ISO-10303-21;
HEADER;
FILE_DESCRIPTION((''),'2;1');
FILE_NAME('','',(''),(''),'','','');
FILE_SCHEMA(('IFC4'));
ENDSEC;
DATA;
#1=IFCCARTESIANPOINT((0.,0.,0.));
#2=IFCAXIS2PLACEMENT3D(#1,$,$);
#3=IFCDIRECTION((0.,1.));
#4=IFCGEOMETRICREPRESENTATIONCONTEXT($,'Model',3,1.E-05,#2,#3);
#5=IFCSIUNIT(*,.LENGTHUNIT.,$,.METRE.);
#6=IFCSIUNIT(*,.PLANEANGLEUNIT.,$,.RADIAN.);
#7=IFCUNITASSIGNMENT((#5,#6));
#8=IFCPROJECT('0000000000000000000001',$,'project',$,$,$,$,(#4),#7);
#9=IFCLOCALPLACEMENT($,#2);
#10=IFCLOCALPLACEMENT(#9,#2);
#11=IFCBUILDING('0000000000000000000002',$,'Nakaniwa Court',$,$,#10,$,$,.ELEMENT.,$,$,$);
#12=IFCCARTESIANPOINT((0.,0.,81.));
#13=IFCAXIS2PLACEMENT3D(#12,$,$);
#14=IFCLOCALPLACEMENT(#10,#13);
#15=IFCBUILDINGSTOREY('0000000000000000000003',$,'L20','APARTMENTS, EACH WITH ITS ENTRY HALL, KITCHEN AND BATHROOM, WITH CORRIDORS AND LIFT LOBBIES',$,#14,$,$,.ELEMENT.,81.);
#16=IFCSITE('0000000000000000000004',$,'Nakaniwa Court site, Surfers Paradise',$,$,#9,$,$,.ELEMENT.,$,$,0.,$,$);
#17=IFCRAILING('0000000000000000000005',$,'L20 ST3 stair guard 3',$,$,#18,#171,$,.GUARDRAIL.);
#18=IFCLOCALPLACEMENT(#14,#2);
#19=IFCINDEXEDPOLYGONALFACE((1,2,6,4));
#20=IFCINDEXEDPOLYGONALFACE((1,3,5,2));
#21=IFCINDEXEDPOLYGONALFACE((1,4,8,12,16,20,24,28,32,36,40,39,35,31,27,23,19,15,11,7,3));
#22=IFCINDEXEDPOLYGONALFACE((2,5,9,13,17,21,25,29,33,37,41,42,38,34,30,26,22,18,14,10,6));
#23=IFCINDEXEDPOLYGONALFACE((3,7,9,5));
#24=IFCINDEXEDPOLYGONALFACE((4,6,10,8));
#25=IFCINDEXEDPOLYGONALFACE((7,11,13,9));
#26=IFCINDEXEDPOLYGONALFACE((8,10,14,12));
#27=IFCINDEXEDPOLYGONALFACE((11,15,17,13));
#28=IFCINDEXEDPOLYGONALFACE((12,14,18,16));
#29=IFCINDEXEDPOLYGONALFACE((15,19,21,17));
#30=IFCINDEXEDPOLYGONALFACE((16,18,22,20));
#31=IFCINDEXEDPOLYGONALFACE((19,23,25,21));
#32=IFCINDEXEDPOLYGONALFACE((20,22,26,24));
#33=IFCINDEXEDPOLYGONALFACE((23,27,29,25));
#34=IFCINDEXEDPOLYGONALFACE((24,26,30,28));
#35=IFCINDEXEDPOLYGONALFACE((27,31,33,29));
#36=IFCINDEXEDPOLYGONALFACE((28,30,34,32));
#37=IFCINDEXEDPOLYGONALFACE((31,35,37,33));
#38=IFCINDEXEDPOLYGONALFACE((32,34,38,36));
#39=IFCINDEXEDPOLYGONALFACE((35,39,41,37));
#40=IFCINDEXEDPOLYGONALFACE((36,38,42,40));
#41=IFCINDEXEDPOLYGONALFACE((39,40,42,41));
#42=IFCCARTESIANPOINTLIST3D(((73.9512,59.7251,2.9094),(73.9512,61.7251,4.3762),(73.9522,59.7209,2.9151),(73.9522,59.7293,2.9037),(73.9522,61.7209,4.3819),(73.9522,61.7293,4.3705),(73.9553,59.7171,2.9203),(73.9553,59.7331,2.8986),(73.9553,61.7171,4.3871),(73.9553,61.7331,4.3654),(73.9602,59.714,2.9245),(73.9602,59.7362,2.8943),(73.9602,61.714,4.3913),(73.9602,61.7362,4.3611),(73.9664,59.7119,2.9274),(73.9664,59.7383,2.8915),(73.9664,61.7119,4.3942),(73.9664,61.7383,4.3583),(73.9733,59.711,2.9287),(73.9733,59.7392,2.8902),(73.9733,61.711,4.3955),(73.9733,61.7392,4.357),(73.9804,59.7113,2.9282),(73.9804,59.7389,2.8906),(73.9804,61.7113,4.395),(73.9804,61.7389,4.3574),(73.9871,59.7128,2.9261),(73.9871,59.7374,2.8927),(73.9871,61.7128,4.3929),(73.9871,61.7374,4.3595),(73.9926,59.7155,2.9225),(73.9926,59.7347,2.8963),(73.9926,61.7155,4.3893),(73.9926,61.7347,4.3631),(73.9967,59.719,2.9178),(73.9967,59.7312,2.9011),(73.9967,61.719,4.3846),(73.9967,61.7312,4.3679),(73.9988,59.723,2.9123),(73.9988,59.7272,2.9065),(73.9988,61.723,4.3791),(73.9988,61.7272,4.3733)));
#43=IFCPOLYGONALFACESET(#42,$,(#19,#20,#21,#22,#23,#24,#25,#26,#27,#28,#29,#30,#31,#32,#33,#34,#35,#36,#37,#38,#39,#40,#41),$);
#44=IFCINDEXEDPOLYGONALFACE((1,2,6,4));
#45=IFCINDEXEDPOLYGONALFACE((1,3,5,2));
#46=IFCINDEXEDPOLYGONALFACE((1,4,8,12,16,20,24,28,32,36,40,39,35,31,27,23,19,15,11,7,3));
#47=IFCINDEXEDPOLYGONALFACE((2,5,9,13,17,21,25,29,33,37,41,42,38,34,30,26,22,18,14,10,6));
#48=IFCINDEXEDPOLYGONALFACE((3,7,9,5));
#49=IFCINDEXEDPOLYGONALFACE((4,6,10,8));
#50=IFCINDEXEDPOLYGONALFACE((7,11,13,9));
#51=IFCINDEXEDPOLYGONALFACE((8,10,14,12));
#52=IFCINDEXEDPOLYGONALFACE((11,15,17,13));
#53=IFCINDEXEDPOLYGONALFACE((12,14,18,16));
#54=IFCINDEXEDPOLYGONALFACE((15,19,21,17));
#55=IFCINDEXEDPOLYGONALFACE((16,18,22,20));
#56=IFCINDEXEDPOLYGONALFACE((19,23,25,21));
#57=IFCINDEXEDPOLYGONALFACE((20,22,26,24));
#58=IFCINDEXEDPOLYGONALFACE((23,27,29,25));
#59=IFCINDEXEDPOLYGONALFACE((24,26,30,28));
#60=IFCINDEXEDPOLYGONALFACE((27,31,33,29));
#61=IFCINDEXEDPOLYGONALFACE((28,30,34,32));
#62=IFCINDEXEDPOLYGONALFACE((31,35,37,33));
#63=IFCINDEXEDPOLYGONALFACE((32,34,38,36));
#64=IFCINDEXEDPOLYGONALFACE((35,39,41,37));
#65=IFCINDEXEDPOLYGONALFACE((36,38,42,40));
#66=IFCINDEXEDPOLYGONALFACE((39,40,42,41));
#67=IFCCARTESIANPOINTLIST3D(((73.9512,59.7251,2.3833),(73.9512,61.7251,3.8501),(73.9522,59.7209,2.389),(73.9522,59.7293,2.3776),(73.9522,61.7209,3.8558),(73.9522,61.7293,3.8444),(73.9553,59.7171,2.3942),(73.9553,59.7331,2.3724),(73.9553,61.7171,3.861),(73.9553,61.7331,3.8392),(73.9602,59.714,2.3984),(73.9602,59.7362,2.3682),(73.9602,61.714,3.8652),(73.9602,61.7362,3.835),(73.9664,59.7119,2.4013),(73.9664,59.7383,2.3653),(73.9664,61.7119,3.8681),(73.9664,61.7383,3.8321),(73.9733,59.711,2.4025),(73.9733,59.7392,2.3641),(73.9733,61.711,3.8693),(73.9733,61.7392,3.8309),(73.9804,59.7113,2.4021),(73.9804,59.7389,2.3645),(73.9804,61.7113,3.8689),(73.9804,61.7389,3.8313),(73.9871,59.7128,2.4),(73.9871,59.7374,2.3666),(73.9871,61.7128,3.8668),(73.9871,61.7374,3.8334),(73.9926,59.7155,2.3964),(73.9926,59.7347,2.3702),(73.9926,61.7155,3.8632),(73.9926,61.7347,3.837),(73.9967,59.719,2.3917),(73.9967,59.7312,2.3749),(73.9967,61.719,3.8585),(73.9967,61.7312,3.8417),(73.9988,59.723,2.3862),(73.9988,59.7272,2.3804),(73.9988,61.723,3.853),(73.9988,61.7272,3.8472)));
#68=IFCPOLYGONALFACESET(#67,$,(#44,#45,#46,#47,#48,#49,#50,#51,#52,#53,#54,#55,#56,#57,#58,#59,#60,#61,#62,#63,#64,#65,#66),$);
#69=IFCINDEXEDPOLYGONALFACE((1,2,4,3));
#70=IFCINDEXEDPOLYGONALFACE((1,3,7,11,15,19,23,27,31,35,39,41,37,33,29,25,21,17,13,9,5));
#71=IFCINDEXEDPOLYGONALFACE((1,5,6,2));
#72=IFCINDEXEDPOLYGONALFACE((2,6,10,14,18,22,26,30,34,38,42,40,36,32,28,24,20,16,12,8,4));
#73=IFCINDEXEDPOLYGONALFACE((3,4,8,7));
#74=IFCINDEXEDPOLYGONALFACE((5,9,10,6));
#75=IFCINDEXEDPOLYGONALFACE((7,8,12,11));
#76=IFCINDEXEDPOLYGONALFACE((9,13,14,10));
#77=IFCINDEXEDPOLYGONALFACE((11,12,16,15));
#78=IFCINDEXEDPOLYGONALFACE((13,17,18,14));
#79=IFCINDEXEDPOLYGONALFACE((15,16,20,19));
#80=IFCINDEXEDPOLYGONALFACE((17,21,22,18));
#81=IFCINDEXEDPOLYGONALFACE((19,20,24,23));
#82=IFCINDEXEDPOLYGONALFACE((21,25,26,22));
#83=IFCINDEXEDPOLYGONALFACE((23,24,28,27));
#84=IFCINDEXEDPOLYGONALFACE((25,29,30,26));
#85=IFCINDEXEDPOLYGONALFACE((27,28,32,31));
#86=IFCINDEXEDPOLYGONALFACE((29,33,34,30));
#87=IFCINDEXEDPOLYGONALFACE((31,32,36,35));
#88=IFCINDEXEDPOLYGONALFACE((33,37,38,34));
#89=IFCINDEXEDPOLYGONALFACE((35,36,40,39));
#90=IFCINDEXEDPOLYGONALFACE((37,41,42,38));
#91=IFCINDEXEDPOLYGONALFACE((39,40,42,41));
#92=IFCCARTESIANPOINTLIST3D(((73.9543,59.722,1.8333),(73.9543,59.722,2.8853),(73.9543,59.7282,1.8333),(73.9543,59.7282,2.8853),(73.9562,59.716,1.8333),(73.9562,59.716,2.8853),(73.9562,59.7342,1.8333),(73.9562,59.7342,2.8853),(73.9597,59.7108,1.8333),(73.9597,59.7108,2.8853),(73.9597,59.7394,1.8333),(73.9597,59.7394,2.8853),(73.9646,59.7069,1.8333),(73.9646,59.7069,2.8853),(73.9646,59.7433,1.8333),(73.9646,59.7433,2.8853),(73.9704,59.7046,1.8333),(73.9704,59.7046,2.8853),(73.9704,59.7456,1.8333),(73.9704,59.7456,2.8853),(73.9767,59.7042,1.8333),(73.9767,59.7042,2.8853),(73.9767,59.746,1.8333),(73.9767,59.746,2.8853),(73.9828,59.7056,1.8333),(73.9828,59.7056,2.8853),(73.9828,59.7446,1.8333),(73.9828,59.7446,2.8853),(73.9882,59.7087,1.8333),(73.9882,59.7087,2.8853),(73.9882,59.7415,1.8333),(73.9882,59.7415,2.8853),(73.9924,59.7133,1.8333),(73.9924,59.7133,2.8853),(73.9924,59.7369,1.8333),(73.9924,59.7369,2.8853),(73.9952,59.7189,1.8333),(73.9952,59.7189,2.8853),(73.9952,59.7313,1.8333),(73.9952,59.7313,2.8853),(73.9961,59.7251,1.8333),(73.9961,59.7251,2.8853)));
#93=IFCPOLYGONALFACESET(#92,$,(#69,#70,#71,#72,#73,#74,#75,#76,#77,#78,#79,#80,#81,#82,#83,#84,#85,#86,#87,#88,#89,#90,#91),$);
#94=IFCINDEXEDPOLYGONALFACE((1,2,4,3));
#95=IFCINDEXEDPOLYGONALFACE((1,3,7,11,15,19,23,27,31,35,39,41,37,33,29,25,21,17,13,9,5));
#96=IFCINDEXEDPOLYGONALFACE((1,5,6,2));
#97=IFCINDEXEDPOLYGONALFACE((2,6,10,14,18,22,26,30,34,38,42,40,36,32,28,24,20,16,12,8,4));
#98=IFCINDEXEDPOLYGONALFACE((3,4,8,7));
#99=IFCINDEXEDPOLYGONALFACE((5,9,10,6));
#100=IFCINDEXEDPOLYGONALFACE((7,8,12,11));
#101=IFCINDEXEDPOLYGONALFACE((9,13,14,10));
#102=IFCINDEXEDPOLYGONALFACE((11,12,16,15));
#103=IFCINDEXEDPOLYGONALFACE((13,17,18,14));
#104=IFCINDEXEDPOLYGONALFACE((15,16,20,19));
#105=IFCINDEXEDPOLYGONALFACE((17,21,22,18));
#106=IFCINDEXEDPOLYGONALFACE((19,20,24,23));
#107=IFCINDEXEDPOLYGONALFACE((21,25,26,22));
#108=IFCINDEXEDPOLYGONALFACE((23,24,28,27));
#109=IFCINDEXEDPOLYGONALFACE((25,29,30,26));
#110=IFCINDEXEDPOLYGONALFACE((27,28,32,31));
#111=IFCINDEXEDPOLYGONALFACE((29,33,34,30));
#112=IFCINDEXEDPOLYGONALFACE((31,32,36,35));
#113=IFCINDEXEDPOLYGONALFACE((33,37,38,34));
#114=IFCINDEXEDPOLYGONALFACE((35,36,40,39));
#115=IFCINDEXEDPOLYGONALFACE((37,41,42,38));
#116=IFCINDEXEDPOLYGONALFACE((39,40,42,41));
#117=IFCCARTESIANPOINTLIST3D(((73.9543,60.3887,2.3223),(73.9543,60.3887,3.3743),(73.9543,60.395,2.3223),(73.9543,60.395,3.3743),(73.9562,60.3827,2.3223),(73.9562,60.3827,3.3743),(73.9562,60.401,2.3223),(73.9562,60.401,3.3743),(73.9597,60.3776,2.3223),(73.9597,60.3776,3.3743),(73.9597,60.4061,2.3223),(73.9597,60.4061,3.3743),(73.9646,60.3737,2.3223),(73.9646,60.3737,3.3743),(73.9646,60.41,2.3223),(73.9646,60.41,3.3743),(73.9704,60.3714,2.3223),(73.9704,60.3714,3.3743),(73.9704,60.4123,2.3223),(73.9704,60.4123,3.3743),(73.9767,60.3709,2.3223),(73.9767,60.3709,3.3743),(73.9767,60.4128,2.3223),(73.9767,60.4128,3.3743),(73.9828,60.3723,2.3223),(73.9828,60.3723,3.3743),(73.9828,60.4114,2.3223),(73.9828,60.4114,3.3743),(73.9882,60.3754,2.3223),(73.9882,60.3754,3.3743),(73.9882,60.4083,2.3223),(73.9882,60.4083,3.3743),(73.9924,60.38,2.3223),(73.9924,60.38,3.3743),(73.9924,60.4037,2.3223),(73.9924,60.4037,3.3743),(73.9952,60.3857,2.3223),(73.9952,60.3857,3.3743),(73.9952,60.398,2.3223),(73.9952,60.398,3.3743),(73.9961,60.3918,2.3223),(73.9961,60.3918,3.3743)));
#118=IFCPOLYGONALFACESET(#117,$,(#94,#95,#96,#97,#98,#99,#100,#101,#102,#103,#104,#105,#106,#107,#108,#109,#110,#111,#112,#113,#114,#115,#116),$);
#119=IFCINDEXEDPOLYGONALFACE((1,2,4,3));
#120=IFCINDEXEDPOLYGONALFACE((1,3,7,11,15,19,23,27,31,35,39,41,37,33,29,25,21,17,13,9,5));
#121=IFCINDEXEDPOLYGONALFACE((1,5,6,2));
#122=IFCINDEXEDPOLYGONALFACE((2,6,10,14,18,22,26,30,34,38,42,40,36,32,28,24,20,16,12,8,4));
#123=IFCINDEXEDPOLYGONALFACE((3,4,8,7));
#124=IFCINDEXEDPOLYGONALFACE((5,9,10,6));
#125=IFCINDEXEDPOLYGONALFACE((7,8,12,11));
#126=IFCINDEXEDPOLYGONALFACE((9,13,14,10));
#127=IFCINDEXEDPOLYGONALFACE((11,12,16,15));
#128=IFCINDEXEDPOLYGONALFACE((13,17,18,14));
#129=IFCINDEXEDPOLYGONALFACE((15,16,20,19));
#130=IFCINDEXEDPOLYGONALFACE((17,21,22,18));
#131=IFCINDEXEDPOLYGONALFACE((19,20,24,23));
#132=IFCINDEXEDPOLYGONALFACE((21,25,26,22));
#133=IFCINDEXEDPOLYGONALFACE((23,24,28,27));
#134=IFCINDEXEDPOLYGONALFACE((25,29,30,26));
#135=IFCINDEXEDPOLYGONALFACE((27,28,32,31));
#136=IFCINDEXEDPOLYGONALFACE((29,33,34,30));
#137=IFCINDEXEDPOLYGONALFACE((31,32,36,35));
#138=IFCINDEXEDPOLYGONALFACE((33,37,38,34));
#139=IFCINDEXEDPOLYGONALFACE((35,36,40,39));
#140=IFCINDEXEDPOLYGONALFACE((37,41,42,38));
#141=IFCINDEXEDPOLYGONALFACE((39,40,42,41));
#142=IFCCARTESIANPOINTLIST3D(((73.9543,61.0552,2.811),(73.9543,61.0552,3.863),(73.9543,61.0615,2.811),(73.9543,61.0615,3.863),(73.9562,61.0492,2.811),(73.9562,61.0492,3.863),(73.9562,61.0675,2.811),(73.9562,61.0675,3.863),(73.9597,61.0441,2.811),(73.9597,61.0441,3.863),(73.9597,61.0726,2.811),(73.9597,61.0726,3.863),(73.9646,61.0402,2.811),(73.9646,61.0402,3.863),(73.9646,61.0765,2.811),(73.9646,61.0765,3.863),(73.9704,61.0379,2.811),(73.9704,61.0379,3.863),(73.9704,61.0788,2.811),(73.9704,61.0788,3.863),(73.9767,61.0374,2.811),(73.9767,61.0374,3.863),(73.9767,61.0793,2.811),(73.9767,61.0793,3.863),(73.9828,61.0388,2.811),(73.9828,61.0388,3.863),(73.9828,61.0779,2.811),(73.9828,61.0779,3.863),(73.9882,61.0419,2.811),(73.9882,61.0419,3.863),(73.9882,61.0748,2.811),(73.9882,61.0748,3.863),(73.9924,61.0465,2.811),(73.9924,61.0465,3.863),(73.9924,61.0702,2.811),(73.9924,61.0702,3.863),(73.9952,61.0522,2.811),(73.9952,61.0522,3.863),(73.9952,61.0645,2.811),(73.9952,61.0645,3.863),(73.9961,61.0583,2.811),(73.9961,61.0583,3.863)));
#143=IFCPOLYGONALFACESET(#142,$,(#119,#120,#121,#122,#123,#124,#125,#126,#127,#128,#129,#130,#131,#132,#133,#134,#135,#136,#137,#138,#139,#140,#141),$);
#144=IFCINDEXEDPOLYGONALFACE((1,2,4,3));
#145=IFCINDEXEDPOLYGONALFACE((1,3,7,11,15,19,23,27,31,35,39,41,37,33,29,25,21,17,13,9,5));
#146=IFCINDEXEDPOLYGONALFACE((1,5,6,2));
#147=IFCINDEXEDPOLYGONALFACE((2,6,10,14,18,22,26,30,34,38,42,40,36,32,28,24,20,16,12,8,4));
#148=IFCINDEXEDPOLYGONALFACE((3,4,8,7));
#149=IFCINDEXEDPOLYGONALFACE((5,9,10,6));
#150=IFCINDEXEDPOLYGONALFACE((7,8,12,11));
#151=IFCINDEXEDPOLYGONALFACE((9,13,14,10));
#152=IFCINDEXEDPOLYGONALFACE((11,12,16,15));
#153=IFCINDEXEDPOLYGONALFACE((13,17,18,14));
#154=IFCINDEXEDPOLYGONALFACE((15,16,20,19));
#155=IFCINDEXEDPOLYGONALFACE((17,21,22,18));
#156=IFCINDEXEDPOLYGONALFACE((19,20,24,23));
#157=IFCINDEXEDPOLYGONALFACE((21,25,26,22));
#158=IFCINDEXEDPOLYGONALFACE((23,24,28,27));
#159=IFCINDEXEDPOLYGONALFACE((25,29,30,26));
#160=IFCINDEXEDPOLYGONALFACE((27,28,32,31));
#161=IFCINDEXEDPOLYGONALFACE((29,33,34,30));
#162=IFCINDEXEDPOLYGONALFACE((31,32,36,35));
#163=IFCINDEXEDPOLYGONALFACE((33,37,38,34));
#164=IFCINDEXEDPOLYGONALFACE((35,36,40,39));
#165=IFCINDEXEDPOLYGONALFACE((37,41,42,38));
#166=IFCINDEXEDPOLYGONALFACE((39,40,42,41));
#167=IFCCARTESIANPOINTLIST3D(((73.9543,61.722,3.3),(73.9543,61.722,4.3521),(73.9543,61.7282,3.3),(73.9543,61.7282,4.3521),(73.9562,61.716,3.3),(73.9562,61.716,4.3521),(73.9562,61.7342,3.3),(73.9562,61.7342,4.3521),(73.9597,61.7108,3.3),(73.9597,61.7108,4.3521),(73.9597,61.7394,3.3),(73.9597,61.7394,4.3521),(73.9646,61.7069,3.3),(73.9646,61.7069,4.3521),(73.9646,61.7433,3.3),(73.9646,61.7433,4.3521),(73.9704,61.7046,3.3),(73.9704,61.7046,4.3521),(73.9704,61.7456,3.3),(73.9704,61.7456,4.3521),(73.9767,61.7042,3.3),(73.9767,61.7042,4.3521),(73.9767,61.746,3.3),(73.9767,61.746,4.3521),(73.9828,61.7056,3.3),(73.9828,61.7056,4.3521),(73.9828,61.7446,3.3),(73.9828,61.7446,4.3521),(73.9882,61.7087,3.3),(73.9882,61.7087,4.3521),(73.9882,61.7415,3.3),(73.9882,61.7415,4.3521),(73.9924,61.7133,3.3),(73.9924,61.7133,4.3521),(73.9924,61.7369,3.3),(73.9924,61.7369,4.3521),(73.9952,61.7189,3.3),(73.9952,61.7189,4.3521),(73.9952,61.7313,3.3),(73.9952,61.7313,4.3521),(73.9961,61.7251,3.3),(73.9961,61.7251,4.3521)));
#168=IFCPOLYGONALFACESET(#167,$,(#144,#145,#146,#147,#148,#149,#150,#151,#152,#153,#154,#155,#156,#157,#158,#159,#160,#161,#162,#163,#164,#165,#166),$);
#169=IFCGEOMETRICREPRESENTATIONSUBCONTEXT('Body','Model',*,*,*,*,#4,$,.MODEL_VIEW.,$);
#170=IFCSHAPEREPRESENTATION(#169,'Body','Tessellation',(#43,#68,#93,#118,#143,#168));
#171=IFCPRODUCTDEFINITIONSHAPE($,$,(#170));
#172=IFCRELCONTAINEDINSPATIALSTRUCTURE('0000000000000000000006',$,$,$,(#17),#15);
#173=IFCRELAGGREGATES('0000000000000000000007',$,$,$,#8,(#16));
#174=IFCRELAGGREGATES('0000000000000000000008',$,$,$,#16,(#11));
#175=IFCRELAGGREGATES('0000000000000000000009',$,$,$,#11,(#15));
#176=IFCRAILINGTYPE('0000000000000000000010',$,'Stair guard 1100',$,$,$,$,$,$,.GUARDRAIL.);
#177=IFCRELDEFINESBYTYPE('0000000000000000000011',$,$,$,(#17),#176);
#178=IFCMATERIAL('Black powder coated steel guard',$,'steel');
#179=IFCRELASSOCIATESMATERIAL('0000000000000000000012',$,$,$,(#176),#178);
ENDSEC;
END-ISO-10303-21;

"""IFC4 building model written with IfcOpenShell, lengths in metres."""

from ifc_helpers import new_model, si_unit, direction, frame, origin, origin_2d, place, context, subcontext, project, spatial, circle, extrude, material, type_object, element, save


model = new_model("IFC4")

# Units and contexts
model_context = context("Model", 3, precision=1e-05, world=origin(), true_north=direction((0.0, 1.0)))
body_context = subcontext(model_context, "Body", "Model", "MODEL_VIEW")
ifc_project = project(units=[si_unit("LENGTHUNIT", "METRE"), si_unit("PLANEANGLEUNIT", "RADIAN")], contexts=[model_context])

# Site, building, storey
site_placement = place(None, origin())
site = spatial("IfcSite", under=ifc_project, at=site_placement, Name="Nakaniwa Court site, Surfers Paradise", CompositionType="ELEMENT", RefElevation=0.0)
building_placement = place(site_placement, origin())
building = spatial("IfcBuilding", under=site, at=building_placement, Name="Nakaniwa Court", CompositionType="ELEMENT")
storey_placement = place(building_placement, frame((0.0, 0.0, 81.0)))
storey = spatial("IfcBuildingStorey", under=building, at=storey_placement, Name="L20", Description="APARTMENTS, EACH WITH ITS ENTRY HALL, KITCHEN AND BATHROOM, WITH CORRIDORS AND LIFT LOBBIES", CompositionType="ELEMENT", Elevation=81.0)

# Railing
ifc_material_1 = material(Name="Black powder coated steel guard", Category="steel")
railing_type_1 = type_object("IfcRailingType", Name="Stair guard 1100", PredefinedType="GUARDRAIL", material=ifc_material_1)
railing_1_placement = place(storey_placement, frame((73.9751, 59.7251, 1.8333)))
element("IfcRailing", 1, at=railing_1_placement, inside=storey, type_object=railing_type_1, Name="L20 ST3 stair guard 3", PredefinedType="GUARDRAIL", context=body_context, shape_type="SweptSolid", body=[
    extrude(circle(Radius=0.0239, at=origin_2d()), frame((0.0, 0.0, 1.0762), z_axis=(0.0, 0.80638, 0.591398), x_axis=(-1.0, 0.0, 0.0)), (0.0, 0.0, 1.0), 2.4802),
    extrude(circle(Radius=0.0239, at=origin_2d()), frame((0.0, 0.0, 0.55), z_axis=(0.0, 0.80638, 0.591398), x_axis=(-1.0, 0.0, 0.0)), (0.0, 0.0, 1.0), 2.4802),
    extrude(circle(Radius=0.021, at=origin_2d()), origin(), (0.0, 0.0, 1.0), 1.052),
    extrude(circle(Radius=0.021, at=origin_2d()), frame((0.0, 0.6667, 0.489)), (0.0, 0.0, 1.0), 1.052),
    extrude(circle(Radius=0.021, at=origin_2d()), frame((0.0, 1.3333, 0.9778)), (0.0, 0.0, 1.0), 1.052),
    extrude(circle(Radius=0.021, at=origin_2d()), frame((0.0, 2.0, 1.4668)), (0.0, 0.0, 1.0), 1.052),
])

save(model, "model.ifc")
